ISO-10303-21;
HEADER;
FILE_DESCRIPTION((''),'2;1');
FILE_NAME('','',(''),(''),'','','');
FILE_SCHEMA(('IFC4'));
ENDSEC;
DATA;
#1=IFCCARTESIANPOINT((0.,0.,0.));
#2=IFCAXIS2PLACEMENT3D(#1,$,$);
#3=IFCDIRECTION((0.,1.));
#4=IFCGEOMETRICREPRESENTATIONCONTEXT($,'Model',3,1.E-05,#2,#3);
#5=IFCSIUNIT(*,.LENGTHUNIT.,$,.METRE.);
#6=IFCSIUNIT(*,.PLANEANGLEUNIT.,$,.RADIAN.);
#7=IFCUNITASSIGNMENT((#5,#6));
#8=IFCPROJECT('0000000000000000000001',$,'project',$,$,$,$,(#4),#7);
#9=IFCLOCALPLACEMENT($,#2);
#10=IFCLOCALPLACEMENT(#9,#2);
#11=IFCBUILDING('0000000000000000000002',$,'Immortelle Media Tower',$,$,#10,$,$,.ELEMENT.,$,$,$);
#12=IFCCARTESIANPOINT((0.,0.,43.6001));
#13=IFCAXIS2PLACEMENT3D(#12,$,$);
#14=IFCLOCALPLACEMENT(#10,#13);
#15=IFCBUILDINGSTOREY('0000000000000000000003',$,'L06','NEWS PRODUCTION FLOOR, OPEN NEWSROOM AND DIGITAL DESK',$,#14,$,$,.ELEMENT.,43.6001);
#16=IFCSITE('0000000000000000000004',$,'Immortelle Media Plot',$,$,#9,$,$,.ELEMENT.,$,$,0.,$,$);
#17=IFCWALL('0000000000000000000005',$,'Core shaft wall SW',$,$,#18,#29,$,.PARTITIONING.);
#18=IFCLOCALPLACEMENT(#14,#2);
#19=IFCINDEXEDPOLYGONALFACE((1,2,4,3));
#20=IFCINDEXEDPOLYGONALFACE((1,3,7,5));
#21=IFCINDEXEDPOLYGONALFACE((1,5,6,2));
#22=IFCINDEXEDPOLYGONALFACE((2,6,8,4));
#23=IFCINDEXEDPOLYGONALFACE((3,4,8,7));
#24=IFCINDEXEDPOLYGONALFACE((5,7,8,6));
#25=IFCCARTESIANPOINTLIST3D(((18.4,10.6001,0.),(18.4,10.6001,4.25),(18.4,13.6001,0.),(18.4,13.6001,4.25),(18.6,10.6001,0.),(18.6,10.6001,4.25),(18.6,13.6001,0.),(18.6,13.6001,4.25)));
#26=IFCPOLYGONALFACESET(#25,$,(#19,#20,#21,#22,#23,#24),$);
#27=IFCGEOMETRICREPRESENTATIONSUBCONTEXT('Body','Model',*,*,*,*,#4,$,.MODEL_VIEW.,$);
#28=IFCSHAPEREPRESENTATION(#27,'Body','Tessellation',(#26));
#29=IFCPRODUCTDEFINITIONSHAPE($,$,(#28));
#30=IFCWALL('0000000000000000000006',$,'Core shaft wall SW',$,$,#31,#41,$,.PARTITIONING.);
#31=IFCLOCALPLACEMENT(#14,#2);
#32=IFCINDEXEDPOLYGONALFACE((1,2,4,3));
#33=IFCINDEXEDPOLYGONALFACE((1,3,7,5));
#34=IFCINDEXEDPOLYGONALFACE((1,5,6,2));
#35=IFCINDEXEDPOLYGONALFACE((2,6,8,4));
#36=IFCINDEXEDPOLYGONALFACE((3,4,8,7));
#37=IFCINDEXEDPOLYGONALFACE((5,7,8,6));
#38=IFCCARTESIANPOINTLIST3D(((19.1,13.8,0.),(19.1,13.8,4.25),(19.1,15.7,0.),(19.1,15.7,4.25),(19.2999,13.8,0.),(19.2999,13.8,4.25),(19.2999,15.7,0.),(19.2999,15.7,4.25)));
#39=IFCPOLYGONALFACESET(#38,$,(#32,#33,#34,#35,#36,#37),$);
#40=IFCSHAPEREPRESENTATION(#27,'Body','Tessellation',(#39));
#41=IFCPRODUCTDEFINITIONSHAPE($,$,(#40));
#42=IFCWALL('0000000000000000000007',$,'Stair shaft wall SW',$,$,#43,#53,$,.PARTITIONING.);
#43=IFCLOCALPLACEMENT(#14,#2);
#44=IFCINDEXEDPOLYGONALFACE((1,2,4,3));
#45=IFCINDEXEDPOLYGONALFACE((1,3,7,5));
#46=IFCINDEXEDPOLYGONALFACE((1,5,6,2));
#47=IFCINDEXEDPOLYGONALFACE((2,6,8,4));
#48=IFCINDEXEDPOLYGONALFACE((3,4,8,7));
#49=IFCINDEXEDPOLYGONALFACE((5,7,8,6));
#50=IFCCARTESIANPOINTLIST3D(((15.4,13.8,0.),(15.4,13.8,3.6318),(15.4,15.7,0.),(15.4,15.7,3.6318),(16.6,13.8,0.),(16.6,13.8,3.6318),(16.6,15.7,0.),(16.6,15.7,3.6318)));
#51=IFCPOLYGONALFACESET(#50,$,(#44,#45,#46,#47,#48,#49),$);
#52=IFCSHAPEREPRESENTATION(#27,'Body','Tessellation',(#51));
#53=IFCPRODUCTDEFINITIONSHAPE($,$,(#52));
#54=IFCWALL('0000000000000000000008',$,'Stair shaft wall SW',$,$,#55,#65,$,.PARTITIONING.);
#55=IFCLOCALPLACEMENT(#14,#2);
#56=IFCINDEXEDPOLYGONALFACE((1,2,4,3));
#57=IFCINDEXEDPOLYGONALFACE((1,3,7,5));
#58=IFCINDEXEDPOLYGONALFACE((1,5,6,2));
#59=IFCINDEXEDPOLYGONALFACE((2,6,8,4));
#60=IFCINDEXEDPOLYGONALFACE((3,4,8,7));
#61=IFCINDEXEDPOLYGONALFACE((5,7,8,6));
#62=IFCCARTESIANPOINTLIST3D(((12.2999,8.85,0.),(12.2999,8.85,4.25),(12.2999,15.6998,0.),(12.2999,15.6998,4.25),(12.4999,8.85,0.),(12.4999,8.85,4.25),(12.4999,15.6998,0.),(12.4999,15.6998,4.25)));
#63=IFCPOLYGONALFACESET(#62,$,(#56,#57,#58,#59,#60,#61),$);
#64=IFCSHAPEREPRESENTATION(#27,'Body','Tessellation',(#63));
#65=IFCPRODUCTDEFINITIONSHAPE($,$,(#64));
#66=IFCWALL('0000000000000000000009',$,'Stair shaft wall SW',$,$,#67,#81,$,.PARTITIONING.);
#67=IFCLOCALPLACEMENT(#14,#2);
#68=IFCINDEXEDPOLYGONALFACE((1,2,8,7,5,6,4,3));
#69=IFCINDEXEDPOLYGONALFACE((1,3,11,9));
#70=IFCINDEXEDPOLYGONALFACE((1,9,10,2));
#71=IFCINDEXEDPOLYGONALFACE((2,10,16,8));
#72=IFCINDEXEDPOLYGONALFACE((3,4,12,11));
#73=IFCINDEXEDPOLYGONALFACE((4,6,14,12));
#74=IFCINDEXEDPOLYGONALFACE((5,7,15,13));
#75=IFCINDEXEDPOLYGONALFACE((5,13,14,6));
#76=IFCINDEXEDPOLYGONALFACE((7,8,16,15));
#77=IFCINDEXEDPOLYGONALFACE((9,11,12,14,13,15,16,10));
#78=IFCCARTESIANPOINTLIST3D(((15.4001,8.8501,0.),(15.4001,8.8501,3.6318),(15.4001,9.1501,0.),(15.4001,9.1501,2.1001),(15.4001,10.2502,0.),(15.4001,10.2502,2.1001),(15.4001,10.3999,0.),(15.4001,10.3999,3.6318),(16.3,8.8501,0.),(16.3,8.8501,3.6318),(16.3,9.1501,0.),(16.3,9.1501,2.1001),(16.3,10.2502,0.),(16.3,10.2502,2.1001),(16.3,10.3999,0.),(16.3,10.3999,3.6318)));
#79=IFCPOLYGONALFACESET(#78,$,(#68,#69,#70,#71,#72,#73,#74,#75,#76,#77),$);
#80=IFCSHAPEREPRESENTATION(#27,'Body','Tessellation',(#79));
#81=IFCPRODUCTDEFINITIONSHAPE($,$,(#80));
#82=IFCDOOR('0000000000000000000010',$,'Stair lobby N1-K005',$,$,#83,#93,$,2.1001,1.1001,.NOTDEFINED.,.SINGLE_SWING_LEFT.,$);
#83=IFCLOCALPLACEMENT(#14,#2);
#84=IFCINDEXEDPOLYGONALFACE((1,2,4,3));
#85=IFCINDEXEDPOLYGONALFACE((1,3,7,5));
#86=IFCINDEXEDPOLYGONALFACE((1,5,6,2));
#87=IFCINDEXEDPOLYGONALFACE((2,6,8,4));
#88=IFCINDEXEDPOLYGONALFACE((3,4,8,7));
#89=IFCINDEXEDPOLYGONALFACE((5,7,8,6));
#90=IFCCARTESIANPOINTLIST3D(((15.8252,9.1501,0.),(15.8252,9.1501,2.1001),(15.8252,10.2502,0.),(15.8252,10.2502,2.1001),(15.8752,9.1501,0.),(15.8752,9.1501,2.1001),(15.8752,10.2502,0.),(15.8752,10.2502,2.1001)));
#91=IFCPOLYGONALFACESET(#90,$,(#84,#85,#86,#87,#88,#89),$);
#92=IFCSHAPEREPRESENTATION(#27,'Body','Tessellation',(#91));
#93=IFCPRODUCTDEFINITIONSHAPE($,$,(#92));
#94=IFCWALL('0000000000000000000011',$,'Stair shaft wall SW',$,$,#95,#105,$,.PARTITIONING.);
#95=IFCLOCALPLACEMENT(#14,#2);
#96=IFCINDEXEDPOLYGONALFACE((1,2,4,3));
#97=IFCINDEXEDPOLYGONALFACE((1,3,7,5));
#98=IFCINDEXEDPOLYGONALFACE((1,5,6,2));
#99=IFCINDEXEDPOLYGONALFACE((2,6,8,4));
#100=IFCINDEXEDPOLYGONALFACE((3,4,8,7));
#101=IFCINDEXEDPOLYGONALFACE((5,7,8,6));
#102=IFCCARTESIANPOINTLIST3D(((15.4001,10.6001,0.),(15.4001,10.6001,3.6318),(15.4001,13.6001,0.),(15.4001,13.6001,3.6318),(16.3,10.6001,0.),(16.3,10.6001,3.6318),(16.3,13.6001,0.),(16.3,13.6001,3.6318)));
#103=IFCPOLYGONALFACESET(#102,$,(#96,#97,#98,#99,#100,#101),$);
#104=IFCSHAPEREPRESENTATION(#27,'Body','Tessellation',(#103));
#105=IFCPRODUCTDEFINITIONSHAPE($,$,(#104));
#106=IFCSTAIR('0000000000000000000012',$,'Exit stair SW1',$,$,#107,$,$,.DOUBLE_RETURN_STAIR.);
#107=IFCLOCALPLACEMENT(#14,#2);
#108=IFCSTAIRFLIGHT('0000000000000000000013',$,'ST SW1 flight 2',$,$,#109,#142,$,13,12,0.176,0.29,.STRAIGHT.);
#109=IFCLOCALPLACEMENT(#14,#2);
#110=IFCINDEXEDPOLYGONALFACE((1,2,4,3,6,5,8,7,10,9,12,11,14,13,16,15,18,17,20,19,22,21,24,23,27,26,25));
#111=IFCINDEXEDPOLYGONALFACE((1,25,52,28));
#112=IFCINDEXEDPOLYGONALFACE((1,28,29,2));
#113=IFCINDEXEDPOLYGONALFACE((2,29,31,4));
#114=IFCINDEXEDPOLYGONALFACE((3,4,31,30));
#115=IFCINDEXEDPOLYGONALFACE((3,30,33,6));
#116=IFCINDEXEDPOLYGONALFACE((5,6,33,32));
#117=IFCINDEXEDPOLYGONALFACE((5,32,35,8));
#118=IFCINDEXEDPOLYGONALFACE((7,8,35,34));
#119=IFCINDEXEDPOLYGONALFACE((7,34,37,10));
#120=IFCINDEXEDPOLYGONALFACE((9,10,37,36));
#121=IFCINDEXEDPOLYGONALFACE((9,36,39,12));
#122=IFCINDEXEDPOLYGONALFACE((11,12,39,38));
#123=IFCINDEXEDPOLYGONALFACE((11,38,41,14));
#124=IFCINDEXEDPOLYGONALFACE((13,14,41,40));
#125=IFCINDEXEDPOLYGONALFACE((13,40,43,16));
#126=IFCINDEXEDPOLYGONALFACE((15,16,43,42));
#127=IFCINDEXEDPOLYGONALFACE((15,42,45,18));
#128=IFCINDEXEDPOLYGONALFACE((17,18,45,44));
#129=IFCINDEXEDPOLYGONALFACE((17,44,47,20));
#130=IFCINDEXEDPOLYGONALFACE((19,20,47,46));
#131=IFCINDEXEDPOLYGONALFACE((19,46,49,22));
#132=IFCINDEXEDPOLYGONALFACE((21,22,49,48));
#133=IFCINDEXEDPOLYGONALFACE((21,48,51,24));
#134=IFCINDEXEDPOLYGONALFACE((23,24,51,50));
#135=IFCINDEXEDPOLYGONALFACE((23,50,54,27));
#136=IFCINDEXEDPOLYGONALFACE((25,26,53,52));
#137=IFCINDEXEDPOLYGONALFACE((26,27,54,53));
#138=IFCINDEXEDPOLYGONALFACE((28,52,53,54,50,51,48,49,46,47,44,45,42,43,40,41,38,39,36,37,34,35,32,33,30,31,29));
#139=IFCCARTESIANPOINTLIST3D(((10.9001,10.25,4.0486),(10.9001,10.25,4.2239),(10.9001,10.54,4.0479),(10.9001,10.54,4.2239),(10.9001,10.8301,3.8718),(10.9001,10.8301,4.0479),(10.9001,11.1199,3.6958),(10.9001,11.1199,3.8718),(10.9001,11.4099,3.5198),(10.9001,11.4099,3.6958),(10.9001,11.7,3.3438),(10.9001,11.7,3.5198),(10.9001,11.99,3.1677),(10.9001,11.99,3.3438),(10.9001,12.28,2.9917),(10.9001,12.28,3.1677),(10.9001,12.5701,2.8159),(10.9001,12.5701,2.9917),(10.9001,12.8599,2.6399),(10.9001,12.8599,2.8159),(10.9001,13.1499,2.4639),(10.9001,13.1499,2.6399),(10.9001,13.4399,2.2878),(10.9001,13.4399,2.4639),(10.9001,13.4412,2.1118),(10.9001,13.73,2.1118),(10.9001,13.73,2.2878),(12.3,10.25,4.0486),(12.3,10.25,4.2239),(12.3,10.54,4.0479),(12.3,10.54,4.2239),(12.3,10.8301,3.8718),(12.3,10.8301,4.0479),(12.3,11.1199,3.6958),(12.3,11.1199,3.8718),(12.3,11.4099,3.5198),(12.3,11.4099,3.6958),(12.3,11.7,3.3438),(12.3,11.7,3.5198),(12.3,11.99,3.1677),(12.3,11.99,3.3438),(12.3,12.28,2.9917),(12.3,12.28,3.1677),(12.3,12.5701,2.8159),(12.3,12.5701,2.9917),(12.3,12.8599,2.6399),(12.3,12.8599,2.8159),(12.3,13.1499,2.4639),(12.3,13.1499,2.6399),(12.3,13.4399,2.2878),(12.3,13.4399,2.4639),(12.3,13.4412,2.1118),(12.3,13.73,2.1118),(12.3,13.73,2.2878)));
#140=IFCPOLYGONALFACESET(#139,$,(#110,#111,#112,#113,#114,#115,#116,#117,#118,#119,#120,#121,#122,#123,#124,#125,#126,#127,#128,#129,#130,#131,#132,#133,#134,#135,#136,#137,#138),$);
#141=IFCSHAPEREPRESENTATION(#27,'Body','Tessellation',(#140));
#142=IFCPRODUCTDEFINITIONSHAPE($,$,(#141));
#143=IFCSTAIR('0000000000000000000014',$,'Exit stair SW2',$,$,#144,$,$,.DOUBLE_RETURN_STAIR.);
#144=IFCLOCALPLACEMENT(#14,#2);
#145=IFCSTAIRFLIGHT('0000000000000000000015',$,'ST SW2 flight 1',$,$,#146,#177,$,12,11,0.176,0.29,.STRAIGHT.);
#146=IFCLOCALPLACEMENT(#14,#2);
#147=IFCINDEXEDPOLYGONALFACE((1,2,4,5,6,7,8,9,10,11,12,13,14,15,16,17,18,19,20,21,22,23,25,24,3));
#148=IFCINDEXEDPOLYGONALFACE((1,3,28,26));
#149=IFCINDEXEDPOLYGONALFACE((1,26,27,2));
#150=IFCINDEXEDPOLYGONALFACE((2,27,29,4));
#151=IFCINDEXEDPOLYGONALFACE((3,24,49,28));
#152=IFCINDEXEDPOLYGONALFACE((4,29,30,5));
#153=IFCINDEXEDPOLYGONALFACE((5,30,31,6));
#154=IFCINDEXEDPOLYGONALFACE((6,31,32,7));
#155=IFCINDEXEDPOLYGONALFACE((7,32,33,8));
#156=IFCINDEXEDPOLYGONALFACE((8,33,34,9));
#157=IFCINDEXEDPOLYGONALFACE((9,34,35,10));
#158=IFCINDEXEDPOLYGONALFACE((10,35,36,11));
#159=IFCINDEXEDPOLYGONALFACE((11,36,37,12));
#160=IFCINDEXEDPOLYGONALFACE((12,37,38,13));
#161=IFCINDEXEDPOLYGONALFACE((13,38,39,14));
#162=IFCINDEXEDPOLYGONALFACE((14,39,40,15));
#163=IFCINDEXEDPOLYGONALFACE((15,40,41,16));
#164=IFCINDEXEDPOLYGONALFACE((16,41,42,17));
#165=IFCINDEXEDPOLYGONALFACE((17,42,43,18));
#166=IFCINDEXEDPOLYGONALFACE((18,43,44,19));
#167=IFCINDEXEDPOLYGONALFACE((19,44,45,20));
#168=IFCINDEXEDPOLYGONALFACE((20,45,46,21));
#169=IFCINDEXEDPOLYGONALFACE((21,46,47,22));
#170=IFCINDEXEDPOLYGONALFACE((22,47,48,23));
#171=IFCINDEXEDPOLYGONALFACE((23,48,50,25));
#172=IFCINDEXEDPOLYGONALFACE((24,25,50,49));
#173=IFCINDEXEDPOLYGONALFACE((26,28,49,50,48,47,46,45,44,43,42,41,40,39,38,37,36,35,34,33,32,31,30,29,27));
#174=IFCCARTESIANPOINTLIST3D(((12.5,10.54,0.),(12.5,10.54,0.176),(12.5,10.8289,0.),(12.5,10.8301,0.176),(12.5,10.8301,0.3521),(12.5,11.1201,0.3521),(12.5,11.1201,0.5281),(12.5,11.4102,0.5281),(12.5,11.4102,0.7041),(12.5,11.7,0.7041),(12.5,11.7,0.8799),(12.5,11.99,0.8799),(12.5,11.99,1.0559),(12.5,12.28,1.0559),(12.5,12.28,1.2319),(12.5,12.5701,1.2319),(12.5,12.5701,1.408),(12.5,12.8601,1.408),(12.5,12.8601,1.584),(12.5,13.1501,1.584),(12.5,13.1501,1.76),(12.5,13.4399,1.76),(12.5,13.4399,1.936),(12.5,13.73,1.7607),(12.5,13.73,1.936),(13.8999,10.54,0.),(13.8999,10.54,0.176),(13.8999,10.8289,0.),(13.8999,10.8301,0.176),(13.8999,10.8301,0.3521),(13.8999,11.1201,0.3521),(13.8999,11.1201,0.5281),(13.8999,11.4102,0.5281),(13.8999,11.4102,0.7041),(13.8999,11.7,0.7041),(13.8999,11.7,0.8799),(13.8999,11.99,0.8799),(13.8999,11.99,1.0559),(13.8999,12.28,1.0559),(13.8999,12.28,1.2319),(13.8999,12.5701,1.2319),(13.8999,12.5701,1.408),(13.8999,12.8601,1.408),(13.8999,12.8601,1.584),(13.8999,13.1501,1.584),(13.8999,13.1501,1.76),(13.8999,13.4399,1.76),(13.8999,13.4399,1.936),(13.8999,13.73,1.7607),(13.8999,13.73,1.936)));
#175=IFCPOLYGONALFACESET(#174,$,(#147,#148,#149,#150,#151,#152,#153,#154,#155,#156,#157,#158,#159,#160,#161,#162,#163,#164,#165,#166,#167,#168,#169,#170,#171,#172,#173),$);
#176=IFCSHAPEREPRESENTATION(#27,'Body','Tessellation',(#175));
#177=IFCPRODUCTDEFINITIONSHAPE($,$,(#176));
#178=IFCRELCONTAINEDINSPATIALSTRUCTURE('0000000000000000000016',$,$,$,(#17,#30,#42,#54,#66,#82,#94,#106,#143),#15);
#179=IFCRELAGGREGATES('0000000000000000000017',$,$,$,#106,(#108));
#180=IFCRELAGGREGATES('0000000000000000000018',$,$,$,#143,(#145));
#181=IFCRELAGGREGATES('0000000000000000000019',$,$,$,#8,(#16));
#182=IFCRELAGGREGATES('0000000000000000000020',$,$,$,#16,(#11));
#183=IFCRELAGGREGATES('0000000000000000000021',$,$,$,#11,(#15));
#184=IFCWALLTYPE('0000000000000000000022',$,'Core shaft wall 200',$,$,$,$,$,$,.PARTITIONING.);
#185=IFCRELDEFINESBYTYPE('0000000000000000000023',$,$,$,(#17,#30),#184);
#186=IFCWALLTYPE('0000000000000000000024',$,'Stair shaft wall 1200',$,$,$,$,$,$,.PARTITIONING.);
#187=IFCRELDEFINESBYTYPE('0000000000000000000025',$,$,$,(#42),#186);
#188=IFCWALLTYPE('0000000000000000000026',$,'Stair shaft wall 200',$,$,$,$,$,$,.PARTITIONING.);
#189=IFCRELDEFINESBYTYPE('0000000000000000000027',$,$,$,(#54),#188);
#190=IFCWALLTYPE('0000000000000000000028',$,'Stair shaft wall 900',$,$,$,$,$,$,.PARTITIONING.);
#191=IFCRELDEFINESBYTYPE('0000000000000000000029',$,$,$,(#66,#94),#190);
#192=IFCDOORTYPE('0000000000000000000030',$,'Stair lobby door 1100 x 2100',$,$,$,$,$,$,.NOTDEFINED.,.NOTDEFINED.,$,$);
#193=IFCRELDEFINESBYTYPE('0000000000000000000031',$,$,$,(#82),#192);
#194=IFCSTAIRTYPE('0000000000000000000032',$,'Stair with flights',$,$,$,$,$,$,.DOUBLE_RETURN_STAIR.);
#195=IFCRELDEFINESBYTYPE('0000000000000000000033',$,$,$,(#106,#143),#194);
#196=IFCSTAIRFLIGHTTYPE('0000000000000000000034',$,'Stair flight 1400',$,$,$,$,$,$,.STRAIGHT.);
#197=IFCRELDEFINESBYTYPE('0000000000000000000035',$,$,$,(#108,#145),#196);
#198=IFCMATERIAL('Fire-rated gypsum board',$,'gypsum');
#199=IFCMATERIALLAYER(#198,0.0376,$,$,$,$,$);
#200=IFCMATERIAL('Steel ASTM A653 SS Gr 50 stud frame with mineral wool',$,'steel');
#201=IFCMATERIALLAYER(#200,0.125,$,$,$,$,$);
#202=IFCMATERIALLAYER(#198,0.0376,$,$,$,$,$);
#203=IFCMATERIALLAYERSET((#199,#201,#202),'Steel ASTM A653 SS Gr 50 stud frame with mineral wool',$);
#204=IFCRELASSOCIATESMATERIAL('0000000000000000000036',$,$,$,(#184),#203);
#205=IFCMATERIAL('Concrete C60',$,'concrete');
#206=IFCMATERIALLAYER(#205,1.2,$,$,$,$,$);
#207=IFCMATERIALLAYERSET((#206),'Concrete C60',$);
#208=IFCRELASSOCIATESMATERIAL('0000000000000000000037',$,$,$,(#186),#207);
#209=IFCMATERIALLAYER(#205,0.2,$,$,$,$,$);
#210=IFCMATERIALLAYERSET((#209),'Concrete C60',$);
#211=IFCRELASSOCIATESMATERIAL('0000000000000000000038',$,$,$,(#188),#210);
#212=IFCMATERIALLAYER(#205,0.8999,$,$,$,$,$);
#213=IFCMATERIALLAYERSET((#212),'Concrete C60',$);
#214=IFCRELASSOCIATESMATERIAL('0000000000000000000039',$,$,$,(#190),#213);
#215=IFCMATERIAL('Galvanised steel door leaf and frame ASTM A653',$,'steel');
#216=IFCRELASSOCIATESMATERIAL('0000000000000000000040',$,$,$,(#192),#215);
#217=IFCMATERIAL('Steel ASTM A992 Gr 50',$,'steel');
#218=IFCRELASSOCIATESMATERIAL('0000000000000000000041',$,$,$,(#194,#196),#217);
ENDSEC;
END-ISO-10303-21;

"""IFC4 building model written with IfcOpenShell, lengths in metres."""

from ifc_helpers import new_model, si_unit, direction, frame, frame_2d, origin, place, context, subcontext, project, spatial, polyline, rectangle, outline, extrude, material, layer, layer_set, type_object, element, fill, aggregate, save


model = new_model("IFC4")

# Units and contexts
model_context = context("Model", 3, precision=1e-05, world=origin(), true_north=direction((0.0, 1.0)))
body_context = subcontext(model_context, "Body", "Model", "MODEL_VIEW")
ifc_project = project(units=[si_unit("LENGTHUNIT", "METRE"), si_unit("PLANEANGLEUNIT", "RADIAN")], contexts=[model_context])

# Site, building, storey
site_placement = place(None, origin())
site = spatial("IfcSite", under=ifc_project, at=site_placement, Name="Immortelle Media Plot", CompositionType="ELEMENT", RefElevation=0.0)
building_placement = place(site_placement, origin())
building = spatial("IfcBuilding", under=site, at=building_placement, Name="Immortelle Media Tower", CompositionType="ELEMENT")
storey_placement = place(building_placement, frame((0.0, 0.0, 43.6001)))
storey = spatial("IfcBuildingStorey", under=building, at=storey_placement, Name="L06", Description="NEWS PRODUCTION FLOOR, OPEN NEWSROOM AND DIGITAL DESK", CompositionType="ELEMENT", Elevation=43.6001)

# Shared definitions
ifc_material_1 = material(Name="Steel ASTM A992 Gr 50", Category="steel")

# Shared definitions
ifc_material_2 = material(Name="Fire-rated gypsum board", Category="gypsum")
ifc_layer_1 = layer(ifc_material_2, 0.0376)
ifc_material_3 = material(Name="Steel ASTM A653 SS Gr 50 stud frame with mineral wool", Category="steel")
ifc_layer_2 = layer(ifc_material_3, 0.125)
ifc_layer_3 = layer(ifc_material_2, 0.0376)
ifc_layer_set_1 = layer_set([ifc_layer_1, ifc_layer_2, ifc_layer_3], Name="Steel ASTM A653 SS Gr 50 stud frame with mineral wool")
wall_type_1 = type_object("IfcWallType", Name="Core shaft wall 200", PredefinedType="PARTITIONING", material=ifc_layer_set_1)

# Walls
wall_1_placement = place(storey_placement, frame((18.5, 10.6001, 0.0), z_axis=(0.0, 0.0, 1.0), x_axis=(0.0, 1.0, 0.0)))
element("IfcWall", 1, at=wall_1_placement, inside=storey, type_object=wall_type_1, Name="Core shaft wall SW", PredefinedType="PARTITIONING", context=body_context, shape_type="SweptSolid", body=[
    extrude(rectangle(XDim=3.0, YDim=0.2, at=frame_2d((1.5, 0.0))), origin(), (0.0, 0.0, 1.0), 4.25),
])
wall_2_placement = place(storey_placement, frame((19.2, 13.8, 0.0), z_axis=(0.0, 0.0, 1.0), x_axis=(0.0, 1.0, 0.0)))
element("IfcWall", 2, at=wall_2_placement, inside=storey, type_object=wall_type_1, Name="Core shaft wall SW", PredefinedType="PARTITIONING", context=body_context, shape_type="SweptSolid", body=[
    extrude(rectangle(XDim=1.8999, YDim=0.2, at=frame_2d((0.95, 0.0))), origin(), (0.0, 0.0, 1.0), 4.25),
])
ifc_material_4 = material(Name="Concrete C60", Category="concrete")
ifc_layer_4 = layer(ifc_material_4, 1.2)
ifc_layer_set_2 = layer_set([ifc_layer_4], Name="Concrete C60")
wall_type_2 = type_object("IfcWallType", Name="Stair shaft wall 1200", PredefinedType="PARTITIONING", material=ifc_layer_set_2)
wall_3_placement = place(storey_placement, frame((16.0, 13.8, 0.0), z_axis=(0.0, 0.0, 1.0), x_axis=(0.0, 1.0, 0.0)))
element("IfcWall", 3, at=wall_3_placement, inside=storey, type_object=wall_type_2, Name="Stair shaft wall SW", PredefinedType="PARTITIONING", context=body_context, shape_type="SweptSolid", body=[
    extrude(rectangle(XDim=1.8999, YDim=1.2, at=frame_2d((0.95, 0.0))), origin(), (0.0, 0.0, 1.0), 3.6318),
])
ifc_layer_5 = layer(ifc_material_4, 0.2)
ifc_layer_set_3 = layer_set([ifc_layer_5], Name="Concrete C60")
wall_type_3 = type_object("IfcWallType", Name="Stair shaft wall 200", PredefinedType="PARTITIONING", material=ifc_layer_set_3)
wall_4_placement = place(storey_placement, frame((12.3999, 8.8501, 0.0), z_axis=(0.0, 0.0, 1.0), x_axis=(0.0, 1.0, 0.0)))
element("IfcWall", 4, at=wall_4_placement, inside=storey, type_object=wall_type_3, Name="Stair shaft wall SW", PredefinedType="PARTITIONING", context=body_context, shape_type="SweptSolid", body=[
    extrude(rectangle(XDim=6.8499, YDim=0.2, at=frame_2d((3.4248, 0.0))), origin(), (0.0, 0.0, 1.0), 4.25),
])

# Wall, opening, door
ifc_layer_6 = layer(ifc_material_4, 0.8999)
ifc_layer_set_4 = layer_set([ifc_layer_6], Name="Concrete C60")
wall_type_4 = type_object("IfcWallType", Name="Stair shaft wall 900", PredefinedType="PARTITIONING", material=ifc_layer_set_4)
wall_5_placement = place(storey_placement, frame((15.8501, 8.8501, 0.0), z_axis=(0.0, 0.0, 1.0), x_axis=(0.0, 1.0, 0.0)))
wall_5 = element("IfcWall", 5, at=wall_5_placement, inside=storey, type_object=wall_type_4, Name="Stair shaft wall SW", PredefinedType="PARTITIONING", context=body_context, shape_type="SweptSolid", body=[
    extrude(rectangle(XDim=1.5498, YDim=0.8999, at=frame_2d((0.7749, 0.0))), origin(), (0.0, 0.0, 1.0), 3.6318),
])
opening_1_placement = place(wall_5_placement, frame((0.3, 0.0, 0.0)))
opening_1 = element("IfcOpeningElement", 6, at=opening_1_placement, cuts=wall_5, PredefinedType="OPENING", context=body_context, shape_type="SweptSolid", body=[
    extrude(rectangle(XDim=1.1001, YDim=2.1001, at=frame_2d((0.55, 1.05))), frame((0.0, 0.46, 0.0), z_axis=(0.0, -1.0, 0.0), x_axis=(1.0, 0.0, 0.0)), (0.0, 0.0, 1.0), 0.9199),
])
ifc_material_5 = material(Name="Galvanised steel door leaf and frame ASTM A653", Category="steel")
door_type_1 = type_object("IfcDoorType", Name="Stair lobby door 1100 x 2100", OperationType="NOTDEFINED", PredefinedType="NOTDEFINED", material=ifc_material_5)
door_1_placement = place(opening_1_placement, origin())
door_1 = element("IfcDoor", 7, at=door_1_placement, inside=storey, type_object=door_type_1, Name="Stair lobby N1-K005", OperationType="SINGLE_SWING_LEFT", OverallHeight=2.1001, OverallWidth=1.1001, PredefinedType="NOTDEFINED", context=body_context, shape_type="SweptSolid", body=[
    extrude(rectangle(XDim=1.1001, YDim=2.1001, at=frame_2d((0.55, 1.05))), frame((0.0, 0.0249, 0.0), z_axis=(0.0, -1.0, 0.0), x_axis=(1.0, 0.0, 0.0)), (0.0, 0.0, 1.0), 0.05),
])
fill(opening_1, door_1)

# Wall
wall_6_placement = place(storey_placement, frame((15.8501, 10.6001, 0.0), z_axis=(0.0, 0.0, 1.0), x_axis=(0.0, 1.0, 0.0)))
element("IfcWall", 8, at=wall_6_placement, inside=storey, type_object=wall_type_4, Name="Stair shaft wall SW", PredefinedType="PARTITIONING", context=body_context, shape_type="SweptSolid", body=[
    extrude(rectangle(XDim=3.0, YDim=0.8999, at=frame_2d((1.5, 0.0))), origin(), (0.0, 0.0, 1.0), 3.6318),
])

# Stair, stair flight
stair_type = type_object("IfcStairType", Name="Stair with flights", PredefinedType="DOUBLE_RETURN_STAIR", material=ifc_material_1)
stair_1_placement = place(storey_placement, origin())
stair_1 = element("IfcStair", 9, at=stair_1_placement, inside=storey, type_object=stair_type, Name="Exit stair SW1", PredefinedType="DOUBLE_RETURN_STAIR")
stair_flight_type = type_object("IfcStairFlightType", Name="Stair flight 1400", PredefinedType="STRAIGHT", material=ifc_material_1)
stair_flight_1_placement = place(storey_placement, frame((11.6001, 13.73, 2.1118), z_axis=(0.0, 0.0, 1.0), x_axis=(0.0, -1.0, 0.0)))
stair_flight_1 = element("IfcStairFlight", 10, at=stair_flight_1_placement, type_object=stair_flight_type, Name="ST SW1 flight 2", NumberOfRisers=13, NumberOfTreads=12, PredefinedType="STRAIGHT", RiserHeight=0.176, TreadLength=0.29, context=body_context, shape_type="SweptSolid", body=[
    extrude(outline(polyline([(0.0, 0.0), (0.0, 0.176), (0.29, 0.176), (0.29, 0.3521), (0.5801, 0.3521), (0.5801, 0.5281), (0.8701, 0.5281), (0.8701, 0.7041), (1.1599, 0.7041), (1.1599, 0.8799), (1.45, 0.8799), (1.45, 1.0559), (1.74, 1.0559), (1.74, 1.2319), (2.03, 1.2319), (2.03, 1.408), (2.3201, 1.408), (2.3201, 1.584), (2.6101, 1.584), (2.6101, 1.76), (2.8999, 1.76), (2.8999, 1.936), (3.1899, 1.936), (3.1899, 2.1121), (3.48, 2.1121), (3.48, 2.2881), (3.48, 1.9368), (0.2888, 0.0), (0.0, 0.0)])), frame((0.0, 0.7, 0.0), z_axis=(0.0, -1.0, 0.0), x_axis=(1.0, 0.0, 0.0)), (0.0, 0.0, 1.0), 1.3999),
])
aggregate(stair_1, [stair_flight_1])

# Stair, stair flight
stair_2_placement = place(storey_placement, origin())
stair_2 = element("IfcStair", 11, at=stair_2_placement, inside=storey, type_object=stair_type, Name="Exit stair SW2", PredefinedType="DOUBLE_RETURN_STAIR")
stair_flight_2_placement = place(storey_placement, frame((13.2, 10.54, 0.0), z_axis=(0.0, 0.0, 1.0), x_axis=(0.0, 1.0, 0.0)))
stair_flight_2 = element("IfcStairFlight", 12, at=stair_flight_2_placement, type_object=stair_flight_type, Name="ST SW2 flight 1", NumberOfRisers=12, NumberOfTreads=11, PredefinedType="STRAIGHT", RiserHeight=0.176, TreadLength=0.29, context=body_context, shape_type="SweptSolid", body=[
    extrude(outline(polyline([(0.0, 0.0), (0.0, 0.176), (0.29, 0.176), (0.29, 0.3521), (0.5801, 0.3521), (0.5801, 0.5281), (0.8701, 0.5281), (0.8701, 0.7041), (1.1599, 0.7041), (1.1599, 0.8799), (1.45, 0.8799), (1.45, 1.0559), (1.74, 1.0559), (1.74, 1.2319), (2.03, 1.2319), (2.03, 1.408), (2.3201, 1.408), (2.3201, 1.584), (2.6101, 1.584), (2.6101, 1.76), (2.8999, 1.76), (2.8999, 1.936), (3.1899, 1.936), (3.1899, 2.1121), (3.1899, 1.7607), (0.2888, 0.0), (0.0, 0.0)])), frame((0.0, 0.7, 0.0), z_axis=(0.0, -1.0, 0.0), x_axis=(1.0, 0.0, 0.0)), (0.0, 0.0, 1.0), 1.3999),
])
aggregate(stair_2, [stair_flight_2])

save(model, "model.ifc")
